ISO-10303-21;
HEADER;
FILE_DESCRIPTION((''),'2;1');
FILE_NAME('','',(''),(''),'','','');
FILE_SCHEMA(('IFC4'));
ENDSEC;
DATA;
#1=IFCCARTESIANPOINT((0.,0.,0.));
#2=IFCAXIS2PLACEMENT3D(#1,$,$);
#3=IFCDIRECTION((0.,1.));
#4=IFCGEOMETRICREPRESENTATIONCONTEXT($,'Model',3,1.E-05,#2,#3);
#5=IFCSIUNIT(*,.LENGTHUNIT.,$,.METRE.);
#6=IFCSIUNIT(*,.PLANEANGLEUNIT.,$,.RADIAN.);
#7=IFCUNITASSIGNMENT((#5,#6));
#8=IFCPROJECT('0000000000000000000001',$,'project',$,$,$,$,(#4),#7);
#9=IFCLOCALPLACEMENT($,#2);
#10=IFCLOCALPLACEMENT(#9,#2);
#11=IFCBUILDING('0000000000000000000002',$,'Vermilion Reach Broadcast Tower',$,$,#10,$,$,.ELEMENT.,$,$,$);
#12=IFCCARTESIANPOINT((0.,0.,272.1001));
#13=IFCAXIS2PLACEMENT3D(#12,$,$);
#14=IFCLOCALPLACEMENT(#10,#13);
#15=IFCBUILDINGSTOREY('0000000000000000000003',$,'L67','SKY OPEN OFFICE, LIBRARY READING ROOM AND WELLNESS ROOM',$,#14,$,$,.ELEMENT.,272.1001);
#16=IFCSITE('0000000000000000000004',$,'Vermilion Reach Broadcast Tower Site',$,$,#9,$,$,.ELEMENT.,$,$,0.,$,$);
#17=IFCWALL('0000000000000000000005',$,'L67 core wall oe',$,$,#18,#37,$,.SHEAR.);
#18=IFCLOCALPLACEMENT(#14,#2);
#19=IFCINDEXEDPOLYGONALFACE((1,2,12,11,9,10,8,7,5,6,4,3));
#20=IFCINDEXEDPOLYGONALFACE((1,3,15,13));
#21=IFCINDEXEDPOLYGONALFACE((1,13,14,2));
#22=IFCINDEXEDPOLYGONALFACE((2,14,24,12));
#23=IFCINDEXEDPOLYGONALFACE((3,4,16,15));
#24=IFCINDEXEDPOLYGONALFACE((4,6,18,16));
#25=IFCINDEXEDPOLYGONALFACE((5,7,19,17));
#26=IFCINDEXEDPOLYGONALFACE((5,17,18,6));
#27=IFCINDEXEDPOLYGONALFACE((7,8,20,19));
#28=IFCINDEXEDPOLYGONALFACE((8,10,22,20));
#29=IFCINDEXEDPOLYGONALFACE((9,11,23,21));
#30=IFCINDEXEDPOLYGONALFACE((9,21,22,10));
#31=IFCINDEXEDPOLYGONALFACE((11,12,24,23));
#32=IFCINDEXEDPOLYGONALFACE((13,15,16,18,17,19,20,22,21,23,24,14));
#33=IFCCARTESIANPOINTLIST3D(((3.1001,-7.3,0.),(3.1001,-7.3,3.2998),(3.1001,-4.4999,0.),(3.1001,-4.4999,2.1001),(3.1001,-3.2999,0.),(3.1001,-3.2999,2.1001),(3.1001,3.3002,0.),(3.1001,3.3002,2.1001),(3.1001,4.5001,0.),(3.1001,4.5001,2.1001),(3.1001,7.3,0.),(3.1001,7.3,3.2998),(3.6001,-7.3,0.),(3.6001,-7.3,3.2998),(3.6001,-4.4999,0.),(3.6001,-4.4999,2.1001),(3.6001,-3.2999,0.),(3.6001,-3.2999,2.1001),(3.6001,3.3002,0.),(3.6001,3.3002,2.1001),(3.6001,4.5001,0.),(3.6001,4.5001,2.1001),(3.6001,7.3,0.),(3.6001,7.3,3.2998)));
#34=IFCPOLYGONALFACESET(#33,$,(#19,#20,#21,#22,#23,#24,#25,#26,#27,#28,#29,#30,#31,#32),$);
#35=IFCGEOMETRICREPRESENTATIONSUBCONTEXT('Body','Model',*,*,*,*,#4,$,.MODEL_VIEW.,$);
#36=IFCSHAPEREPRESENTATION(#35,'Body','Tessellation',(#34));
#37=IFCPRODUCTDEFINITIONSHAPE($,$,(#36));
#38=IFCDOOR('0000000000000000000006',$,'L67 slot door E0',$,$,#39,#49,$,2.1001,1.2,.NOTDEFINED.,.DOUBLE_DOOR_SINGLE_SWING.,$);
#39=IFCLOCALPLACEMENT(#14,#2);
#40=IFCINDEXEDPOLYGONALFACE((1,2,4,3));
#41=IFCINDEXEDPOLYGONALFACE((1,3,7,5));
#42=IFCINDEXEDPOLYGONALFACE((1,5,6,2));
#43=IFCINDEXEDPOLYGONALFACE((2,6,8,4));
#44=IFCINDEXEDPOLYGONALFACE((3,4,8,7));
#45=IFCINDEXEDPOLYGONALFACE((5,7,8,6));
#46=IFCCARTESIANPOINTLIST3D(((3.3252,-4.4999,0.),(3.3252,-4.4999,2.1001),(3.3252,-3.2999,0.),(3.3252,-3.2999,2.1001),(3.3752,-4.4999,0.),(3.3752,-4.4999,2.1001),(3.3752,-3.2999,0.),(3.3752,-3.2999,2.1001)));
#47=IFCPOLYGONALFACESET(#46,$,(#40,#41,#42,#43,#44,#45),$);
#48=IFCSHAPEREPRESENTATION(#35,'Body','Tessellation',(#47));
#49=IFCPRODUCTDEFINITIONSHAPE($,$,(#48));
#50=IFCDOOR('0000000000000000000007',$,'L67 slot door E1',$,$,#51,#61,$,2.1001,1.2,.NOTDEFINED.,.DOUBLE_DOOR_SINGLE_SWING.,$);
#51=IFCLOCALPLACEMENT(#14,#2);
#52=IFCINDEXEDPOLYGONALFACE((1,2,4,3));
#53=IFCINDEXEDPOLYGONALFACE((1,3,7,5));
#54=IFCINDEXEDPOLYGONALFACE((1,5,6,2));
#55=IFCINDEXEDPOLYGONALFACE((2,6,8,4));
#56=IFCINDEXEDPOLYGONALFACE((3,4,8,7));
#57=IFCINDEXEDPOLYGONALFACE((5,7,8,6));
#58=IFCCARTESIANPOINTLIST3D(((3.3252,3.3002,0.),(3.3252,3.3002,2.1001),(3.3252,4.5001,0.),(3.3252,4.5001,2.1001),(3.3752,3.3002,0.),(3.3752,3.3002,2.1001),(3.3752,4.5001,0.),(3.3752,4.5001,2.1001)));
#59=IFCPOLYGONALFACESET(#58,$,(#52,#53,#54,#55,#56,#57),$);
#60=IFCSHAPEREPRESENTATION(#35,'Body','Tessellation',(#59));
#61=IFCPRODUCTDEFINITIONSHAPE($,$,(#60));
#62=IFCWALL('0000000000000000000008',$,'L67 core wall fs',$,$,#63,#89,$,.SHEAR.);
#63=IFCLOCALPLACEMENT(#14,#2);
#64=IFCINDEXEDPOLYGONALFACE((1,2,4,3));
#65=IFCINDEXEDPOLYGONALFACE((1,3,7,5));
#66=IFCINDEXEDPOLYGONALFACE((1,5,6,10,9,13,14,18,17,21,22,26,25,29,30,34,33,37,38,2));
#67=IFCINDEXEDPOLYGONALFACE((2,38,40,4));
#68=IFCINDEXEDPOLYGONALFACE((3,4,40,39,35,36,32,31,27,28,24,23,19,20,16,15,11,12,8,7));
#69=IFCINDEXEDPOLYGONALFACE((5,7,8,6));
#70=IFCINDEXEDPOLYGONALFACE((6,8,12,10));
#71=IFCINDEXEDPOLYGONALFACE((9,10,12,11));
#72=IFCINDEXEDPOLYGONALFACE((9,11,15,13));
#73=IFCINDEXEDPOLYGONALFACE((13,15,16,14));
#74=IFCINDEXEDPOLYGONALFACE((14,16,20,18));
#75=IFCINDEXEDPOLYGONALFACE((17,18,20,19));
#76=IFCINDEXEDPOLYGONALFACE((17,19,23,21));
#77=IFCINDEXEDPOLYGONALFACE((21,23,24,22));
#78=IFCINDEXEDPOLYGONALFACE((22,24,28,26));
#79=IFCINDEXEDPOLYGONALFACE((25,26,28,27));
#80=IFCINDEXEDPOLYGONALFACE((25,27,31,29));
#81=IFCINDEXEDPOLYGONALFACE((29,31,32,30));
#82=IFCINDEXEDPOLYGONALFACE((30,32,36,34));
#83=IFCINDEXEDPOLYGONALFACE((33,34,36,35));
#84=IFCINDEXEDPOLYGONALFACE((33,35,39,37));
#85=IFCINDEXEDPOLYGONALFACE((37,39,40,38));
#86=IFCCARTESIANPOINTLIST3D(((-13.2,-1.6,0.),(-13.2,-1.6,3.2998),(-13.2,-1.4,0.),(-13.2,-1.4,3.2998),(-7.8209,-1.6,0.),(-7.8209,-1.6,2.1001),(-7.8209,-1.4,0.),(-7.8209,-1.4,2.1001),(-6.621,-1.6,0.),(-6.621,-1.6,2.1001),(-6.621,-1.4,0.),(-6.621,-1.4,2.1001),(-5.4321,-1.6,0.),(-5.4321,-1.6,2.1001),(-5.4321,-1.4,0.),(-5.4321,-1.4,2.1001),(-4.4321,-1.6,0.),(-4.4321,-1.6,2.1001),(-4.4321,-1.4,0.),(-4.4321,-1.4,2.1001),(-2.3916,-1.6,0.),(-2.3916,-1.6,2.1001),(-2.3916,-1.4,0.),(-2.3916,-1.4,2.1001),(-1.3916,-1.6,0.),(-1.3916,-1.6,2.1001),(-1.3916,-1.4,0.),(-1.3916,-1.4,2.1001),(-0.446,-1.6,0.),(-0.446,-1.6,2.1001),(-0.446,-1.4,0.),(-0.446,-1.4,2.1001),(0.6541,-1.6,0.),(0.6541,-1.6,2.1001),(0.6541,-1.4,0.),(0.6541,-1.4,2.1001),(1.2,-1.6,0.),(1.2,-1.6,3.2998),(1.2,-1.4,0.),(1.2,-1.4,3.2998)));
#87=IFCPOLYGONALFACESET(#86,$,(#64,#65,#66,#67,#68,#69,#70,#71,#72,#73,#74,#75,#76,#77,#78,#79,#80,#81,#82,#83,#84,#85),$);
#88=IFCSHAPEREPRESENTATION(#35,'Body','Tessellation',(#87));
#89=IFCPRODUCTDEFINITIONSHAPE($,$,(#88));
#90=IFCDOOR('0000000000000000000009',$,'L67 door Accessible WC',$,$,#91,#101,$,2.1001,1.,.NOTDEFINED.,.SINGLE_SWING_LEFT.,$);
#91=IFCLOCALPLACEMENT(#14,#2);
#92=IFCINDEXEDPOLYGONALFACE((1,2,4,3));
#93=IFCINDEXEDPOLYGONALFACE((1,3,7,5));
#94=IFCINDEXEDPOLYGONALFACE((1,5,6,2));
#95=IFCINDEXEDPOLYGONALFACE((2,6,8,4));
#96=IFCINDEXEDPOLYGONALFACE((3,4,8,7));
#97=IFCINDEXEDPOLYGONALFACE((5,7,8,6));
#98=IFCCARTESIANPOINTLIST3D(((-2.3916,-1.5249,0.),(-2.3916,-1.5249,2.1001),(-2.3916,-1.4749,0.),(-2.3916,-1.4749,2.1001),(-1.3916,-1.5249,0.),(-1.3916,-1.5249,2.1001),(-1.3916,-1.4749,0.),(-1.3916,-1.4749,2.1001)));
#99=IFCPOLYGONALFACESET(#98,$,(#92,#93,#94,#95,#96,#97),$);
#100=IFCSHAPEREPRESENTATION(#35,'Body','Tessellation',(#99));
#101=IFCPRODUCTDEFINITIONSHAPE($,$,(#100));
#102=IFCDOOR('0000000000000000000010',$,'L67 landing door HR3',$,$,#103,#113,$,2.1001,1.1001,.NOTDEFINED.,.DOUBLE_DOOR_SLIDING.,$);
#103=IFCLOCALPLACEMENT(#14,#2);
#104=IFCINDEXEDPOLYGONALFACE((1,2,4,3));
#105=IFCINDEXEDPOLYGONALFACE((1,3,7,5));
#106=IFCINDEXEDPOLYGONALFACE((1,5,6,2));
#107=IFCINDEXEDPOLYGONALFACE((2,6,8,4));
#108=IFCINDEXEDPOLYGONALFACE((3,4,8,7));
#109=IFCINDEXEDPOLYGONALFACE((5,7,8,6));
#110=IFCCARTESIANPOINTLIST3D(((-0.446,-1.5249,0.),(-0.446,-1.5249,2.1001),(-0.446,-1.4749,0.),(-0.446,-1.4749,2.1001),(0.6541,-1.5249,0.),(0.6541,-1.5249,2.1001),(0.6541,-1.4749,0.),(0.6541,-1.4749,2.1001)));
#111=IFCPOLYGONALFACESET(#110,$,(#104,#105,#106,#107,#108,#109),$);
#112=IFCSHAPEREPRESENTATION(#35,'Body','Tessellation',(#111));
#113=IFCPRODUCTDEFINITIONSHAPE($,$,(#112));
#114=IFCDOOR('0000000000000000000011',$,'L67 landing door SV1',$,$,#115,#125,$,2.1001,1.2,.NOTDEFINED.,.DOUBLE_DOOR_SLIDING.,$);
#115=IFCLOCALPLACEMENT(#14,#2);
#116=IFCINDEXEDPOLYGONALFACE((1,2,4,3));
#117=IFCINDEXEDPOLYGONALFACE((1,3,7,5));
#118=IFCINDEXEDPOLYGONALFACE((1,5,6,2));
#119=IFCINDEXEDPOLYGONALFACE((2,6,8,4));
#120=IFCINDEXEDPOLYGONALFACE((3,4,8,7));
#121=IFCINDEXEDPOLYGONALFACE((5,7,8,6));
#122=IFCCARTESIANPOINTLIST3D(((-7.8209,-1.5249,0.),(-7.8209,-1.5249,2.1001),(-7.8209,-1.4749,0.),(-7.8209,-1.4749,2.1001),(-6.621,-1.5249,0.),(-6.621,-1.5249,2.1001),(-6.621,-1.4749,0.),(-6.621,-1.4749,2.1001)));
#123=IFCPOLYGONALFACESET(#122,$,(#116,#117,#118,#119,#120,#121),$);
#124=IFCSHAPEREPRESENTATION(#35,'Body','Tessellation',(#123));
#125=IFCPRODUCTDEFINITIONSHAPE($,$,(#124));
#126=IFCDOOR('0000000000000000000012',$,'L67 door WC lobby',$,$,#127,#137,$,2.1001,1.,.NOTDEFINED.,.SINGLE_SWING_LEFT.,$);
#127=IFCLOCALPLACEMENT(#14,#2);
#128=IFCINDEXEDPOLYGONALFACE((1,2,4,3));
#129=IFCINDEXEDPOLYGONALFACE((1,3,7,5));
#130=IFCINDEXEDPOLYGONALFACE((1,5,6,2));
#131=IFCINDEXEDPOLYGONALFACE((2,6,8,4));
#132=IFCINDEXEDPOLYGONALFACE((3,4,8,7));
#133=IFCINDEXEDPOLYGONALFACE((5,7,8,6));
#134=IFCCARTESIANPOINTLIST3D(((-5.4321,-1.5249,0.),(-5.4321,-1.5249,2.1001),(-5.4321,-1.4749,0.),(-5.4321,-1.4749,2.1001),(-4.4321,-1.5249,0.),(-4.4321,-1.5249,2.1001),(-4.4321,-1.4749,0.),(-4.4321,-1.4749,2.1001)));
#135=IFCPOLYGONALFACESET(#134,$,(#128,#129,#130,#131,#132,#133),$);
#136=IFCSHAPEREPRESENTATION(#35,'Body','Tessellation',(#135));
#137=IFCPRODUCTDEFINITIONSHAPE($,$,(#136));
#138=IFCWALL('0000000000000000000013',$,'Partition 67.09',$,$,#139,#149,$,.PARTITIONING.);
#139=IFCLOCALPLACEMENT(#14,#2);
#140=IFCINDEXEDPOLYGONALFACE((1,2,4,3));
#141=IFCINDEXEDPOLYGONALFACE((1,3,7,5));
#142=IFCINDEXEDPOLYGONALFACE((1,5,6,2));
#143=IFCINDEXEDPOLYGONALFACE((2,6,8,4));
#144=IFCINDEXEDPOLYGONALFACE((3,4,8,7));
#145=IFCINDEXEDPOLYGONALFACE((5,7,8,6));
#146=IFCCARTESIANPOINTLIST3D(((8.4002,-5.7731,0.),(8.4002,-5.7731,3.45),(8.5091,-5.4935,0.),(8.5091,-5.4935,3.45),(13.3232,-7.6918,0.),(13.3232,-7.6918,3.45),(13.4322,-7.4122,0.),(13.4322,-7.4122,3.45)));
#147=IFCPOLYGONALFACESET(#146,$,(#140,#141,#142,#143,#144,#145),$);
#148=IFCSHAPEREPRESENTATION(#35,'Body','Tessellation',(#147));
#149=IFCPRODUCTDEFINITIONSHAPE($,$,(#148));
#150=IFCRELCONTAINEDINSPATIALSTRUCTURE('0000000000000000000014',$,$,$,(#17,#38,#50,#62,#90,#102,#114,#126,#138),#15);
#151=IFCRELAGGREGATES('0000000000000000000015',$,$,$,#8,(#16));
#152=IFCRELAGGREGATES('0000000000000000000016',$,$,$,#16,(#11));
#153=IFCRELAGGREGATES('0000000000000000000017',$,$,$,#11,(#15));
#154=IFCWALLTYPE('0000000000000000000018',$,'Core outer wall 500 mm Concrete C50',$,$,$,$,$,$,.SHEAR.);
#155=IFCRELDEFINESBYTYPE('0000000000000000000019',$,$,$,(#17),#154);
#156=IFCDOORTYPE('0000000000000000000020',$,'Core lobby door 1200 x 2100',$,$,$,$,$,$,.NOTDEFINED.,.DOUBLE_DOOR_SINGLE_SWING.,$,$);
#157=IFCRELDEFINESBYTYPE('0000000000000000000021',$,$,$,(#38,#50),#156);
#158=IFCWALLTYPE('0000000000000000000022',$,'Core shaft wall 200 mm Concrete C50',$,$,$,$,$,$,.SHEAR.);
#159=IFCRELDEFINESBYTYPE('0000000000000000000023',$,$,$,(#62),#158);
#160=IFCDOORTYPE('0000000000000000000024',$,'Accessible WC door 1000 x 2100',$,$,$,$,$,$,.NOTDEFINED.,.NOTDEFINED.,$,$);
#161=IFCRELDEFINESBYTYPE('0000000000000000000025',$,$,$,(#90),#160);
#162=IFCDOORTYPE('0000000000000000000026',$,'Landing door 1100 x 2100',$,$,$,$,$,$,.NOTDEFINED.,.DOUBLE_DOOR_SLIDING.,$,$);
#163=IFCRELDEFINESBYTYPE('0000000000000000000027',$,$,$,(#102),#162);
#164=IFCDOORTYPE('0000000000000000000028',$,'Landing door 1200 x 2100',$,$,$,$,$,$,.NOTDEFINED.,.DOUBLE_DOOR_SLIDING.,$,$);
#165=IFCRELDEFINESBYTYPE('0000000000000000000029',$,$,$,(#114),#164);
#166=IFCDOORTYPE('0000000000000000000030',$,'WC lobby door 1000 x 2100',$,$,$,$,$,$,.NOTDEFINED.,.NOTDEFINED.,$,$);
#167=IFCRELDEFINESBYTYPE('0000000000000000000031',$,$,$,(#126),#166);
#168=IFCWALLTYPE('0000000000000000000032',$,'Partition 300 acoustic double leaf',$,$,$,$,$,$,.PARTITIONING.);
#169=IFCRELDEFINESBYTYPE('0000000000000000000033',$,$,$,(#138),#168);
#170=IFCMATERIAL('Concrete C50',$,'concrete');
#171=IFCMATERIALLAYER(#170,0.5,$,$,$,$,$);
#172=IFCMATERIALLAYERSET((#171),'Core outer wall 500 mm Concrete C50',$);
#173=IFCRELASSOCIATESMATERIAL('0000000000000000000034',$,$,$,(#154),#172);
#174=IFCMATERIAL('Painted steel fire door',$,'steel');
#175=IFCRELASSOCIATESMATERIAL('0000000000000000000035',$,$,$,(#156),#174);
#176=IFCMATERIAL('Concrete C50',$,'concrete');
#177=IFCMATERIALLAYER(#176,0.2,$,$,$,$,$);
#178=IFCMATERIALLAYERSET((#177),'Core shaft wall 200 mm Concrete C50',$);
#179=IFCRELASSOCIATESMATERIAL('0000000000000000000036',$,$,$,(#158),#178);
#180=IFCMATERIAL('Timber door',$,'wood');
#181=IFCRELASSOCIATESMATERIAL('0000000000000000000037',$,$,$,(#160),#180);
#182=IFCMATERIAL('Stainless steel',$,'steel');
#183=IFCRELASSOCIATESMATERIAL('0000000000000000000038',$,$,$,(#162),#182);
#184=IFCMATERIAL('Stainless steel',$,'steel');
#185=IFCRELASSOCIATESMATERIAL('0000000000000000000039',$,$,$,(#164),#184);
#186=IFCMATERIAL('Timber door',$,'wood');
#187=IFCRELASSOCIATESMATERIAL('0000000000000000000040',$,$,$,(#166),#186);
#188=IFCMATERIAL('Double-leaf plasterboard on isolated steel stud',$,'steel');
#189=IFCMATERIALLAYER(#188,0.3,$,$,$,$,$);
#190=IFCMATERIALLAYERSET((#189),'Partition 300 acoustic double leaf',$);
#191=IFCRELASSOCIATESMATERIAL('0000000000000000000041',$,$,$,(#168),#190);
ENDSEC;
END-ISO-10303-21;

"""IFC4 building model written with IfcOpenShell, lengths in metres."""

from ifc_helpers import new_model, si_unit, direction, frame, frame_2d, origin, place, context, subcontext, project, spatial, rectangle, extrude, material, layer, layer_set, type_object, element, fill, save


model = new_model("IFC4")

# Units and contexts
model_context = context("Model", 3, precision=1e-05, world=origin(), true_north=direction((0.0, 1.0)))
body_context = subcontext(model_context, "Body", "Model", "MODEL_VIEW")
ifc_project = project(units=[si_unit("LENGTHUNIT", "METRE"), si_unit("PLANEANGLEUNIT", "RADIAN")], contexts=[model_context])

# Site, building, storey
site_placement = place(None, origin())
site = spatial("IfcSite", under=ifc_project, at=site_placement, Name="Vermilion Reach Broadcast Tower Site", CompositionType="ELEMENT", RefElevation=0.0)
building_placement = place(site_placement, origin())
building = spatial("IfcBuilding", under=site, at=building_placement, Name="Vermilion Reach Broadcast Tower", CompositionType="ELEMENT")
storey_placement = place(building_placement, frame((0.0, 0.0, 272.1001)))
storey = spatial("IfcBuildingStorey", under=building, at=storey_placement, Name="L67", Description="SKY OPEN OFFICE, LIBRARY READING ROOM AND WELLNESS ROOM", CompositionType="ELEMENT", Elevation=272.1001)

# Walls, openings, doors
ifc_material_1 = material(Name="Concrete C50", Category="concrete")
ifc_layer_1 = layer(ifc_material_1, 0.5)
ifc_layer_set_1 = layer_set([ifc_layer_1], Name="Core outer wall 500 mm Concrete C50")
wall_type_1 = type_object("IfcWallType", Name="Core outer wall 500 mm Concrete C50", PredefinedType="SHEAR", material=ifc_layer_set_1)
wall_1_placement = place(storey_placement, frame((3.3501, -7.3, 0.0), z_axis=(0.0, 0.0, 1.0), x_axis=(0.0, 1.0, 0.0)))
wall_1 = element("IfcWall", 1, at=wall_1_placement, inside=storey, type_object=wall_type_1, Name="L67 core wall oe", PredefinedType="SHEAR", context=body_context, shape_type="SweptSolid", body=[
    extrude(rectangle(XDim=14.6001, YDim=0.5, at=frame_2d((7.3, 0.0))), origin(), (0.0, 0.0, 1.0), 3.2998),
])
opening_1_placement = place(wall_1_placement, frame((2.8, 0.0, 0.0)))
opening_1 = element("IfcOpeningElement", 2, at=opening_1_placement, cuts=wall_1, PredefinedType="OPENING", context=body_context, shape_type="SweptSolid", body=[
    extrude(rectangle(XDim=1.2, YDim=2.1001, at=frame_2d((0.6001, 1.05))), frame((0.0, 0.26, 0.0), z_axis=(0.0, -1.0, 0.0), x_axis=(1.0, 0.0, 0.0)), (0.0, 0.0, 1.0), 0.52),
])
opening_2_placement = place(wall_1_placement, frame((10.6001, 0.0, 0.0)))
opening_2 = element("IfcOpeningElement", 3, at=opening_2_placement, cuts=wall_1, PredefinedType="OPENING", context=body_context, shape_type="SweptSolid", body=[
    extrude(rectangle(XDim=1.2, YDim=2.1001, at=frame_2d((0.6001, 1.05))), frame((0.0, 0.26, 0.0), z_axis=(0.0, -1.0, 0.0), x_axis=(1.0, 0.0, 0.0)), (0.0, 0.0, 1.0), 0.52),
])
ifc_material_2 = material(Name="Painted steel fire door", Category="steel")
door_type_1 = type_object("IfcDoorType", Name="Core lobby door 1200 x 2100", OperationType="DOUBLE_DOOR_SINGLE_SWING", PredefinedType="NOTDEFINED", material=ifc_material_2)
door_1_placement = place(opening_1_placement, origin())
door_1 = element("IfcDoor", 4, at=door_1_placement, inside=storey, type_object=door_type_1, Name="L67 slot door E0", OperationType="DOUBLE_DOOR_SINGLE_SWING", OverallHeight=2.1001, OverallWidth=1.2, PredefinedType="NOTDEFINED", context=body_context, shape_type="SweptSolid", body=[
    extrude(rectangle(XDim=1.2, YDim=2.1001, at=frame_2d((0.6001, 1.05))), frame((0.0, 0.0249, 0.0), z_axis=(0.0, -1.0, 0.0), x_axis=(1.0, 0.0, 0.0)), (0.0, 0.0, 1.0), 0.05),
])
fill(opening_1, door_1)
door_2_placement = place(opening_2_placement, origin())
door_2 = element("IfcDoor", 5, at=door_2_placement, inside=storey, type_object=door_type_1, Name="L67 slot door E1", OperationType="DOUBLE_DOOR_SINGLE_SWING", OverallHeight=2.1001, OverallWidth=1.2, PredefinedType="NOTDEFINED", context=body_context, shape_type="SweptSolid", body=[
    extrude(rectangle(XDim=1.2, YDim=2.1001, at=frame_2d((0.6001, 1.05))), frame((0.0, 0.0249, 0.0), z_axis=(0.0, -1.0, 0.0), x_axis=(1.0, 0.0, 0.0)), (0.0, 0.0, 1.0), 0.05),
])
fill(opening_2, door_2)
ifc_material_3 = material(Name="Concrete C50", Category="concrete")
ifc_layer_2 = layer(ifc_material_3, 0.2)
ifc_layer_set_2 = layer_set([ifc_layer_2], Name="Core shaft wall 200 mm Concrete C50")
wall_type_2 = type_object("IfcWallType", Name="Core shaft wall 200 mm Concrete C50", PredefinedType="SHEAR", material=ifc_layer_set_2)
wall_2_placement = place(storey_placement, frame((1.2, -1.5, 0.0), z_axis=(0.0, 0.0, 1.0), x_axis=(-1.0, 0.0, 0.0)))
wall_2 = element("IfcWall", 6, at=wall_2_placement, inside=storey, type_object=wall_type_2, Name="L67 core wall fs", PredefinedType="SHEAR", context=body_context, shape_type="SweptSolid", body=[
    extrude(rectangle(XDim=14.3999, YDim=0.2, at=frame_2d((7.2, 0.0))), origin(), (0.0, 0.0, 1.0), 3.2998),
])
opening_3_placement = place(wall_2_placement, frame((7.8208, 0.0, 0.0)))
opening_3 = element("IfcOpeningElement", 7, at=opening_3_placement, cuts=wall_2, PredefinedType="OPENING", context=body_context, shape_type="SweptSolid", body=[
    extrude(rectangle(XDim=1.2, YDim=2.1001, at=frame_2d((0.6001, 1.05))), frame((0.0, 0.1099, 0.0), z_axis=(0.0, -1.0, 0.0), x_axis=(1.0, 0.0, 0.0)), (0.0, 0.0, 1.0), 0.22),
])
opening_4_placement = place(wall_2_placement, frame((0.5459, 0.0, 0.0)))
opening_4 = element("IfcOpeningElement", 8, at=opening_4_placement, cuts=wall_2, PredefinedType="OPENING", context=body_context, shape_type="SweptSolid", body=[
    extrude(rectangle(XDim=1.1001, YDim=2.1001, at=frame_2d((0.55, 1.05))), frame((0.0, 0.1099, 0.0), z_axis=(0.0, -1.0, 0.0), x_axis=(1.0, 0.0, 0.0)), (0.0, 0.0, 1.0), 0.22),
])
opening_5_placement = place(wall_2_placement, frame((5.6321, 0.0, 0.0)))
opening_5 = element("IfcOpeningElement", 9, at=opening_5_placement, cuts=wall_2, PredefinedType="OPENING", context=body_context, shape_type="SweptSolid", body=[
    extrude(rectangle(XDim=1.0, YDim=2.1001, at=frame_2d((0.5, 1.05))), frame((0.0, 0.1099, 0.0), z_axis=(0.0, -1.0, 0.0), x_axis=(1.0, 0.0, 0.0)), (0.0, 0.0, 1.0), 0.22),
])
opening_6_placement = place(wall_2_placement, frame((2.5916, 0.0, 0.0)))
opening_6 = element("IfcOpeningElement", 10, at=opening_6_placement, cuts=wall_2, PredefinedType="OPENING", context=body_context, shape_type="SweptSolid", body=[
    extrude(rectangle(XDim=1.0, YDim=2.1001, at=frame_2d((0.5, 1.05))), frame((0.0, 0.1099, 0.0), z_axis=(0.0, -1.0, 0.0), x_axis=(1.0, 0.0, 0.0)), (0.0, 0.0, 1.0), 0.22),
])
ifc_material_4 = material(Name="Timber door", Category="wood")
door_type_2 = type_object("IfcDoorType", Name="Accessible WC door 1000 x 2100", OperationType="NOTDEFINED", PredefinedType="NOTDEFINED", material=ifc_material_4)
door_3_placement = place(opening_6_placement, origin())
door_3 = element("IfcDoor", 11, at=door_3_placement, inside=storey, type_object=door_type_2, Name="L67 door Accessible WC", OperationType="SINGLE_SWING_LEFT", OverallHeight=2.1001, OverallWidth=1.0, PredefinedType="NOTDEFINED", context=body_context, shape_type="SweptSolid", body=[
    extrude(rectangle(XDim=1.0, YDim=2.1001, at=frame_2d((0.5, 1.05))), frame((0.0, 0.0249, 0.0), z_axis=(0.0, -1.0, 0.0), x_axis=(1.0, 0.0, 0.0)), (0.0, 0.0, 1.0), 0.05),
])
fill(opening_6, door_3)
ifc_material_5 = material(Name="Stainless steel", Category="steel")
door_type_3 = type_object("IfcDoorType", Name="Landing door 1100 x 2100", OperationType="DOUBLE_DOOR_SLIDING", PredefinedType="NOTDEFINED", material=ifc_material_5)
door_4_placement = place(opening_4_placement, origin())
door_4 = element("IfcDoor", 12, at=door_4_placement, inside=storey, type_object=door_type_3, Name="L67 landing door HR3", OperationType="DOUBLE_DOOR_SLIDING", OverallHeight=2.1001, OverallWidth=1.1001, PredefinedType="NOTDEFINED", context=body_context, shape_type="SweptSolid", body=[
    extrude(rectangle(XDim=1.1001, YDim=2.1001, at=frame_2d((0.55, 1.05))), frame((0.0, 0.0249, 0.0), z_axis=(0.0, -1.0, 0.0), x_axis=(1.0, 0.0, 0.0)), (0.0, 0.0, 1.0), 0.05),
])
fill(opening_4, door_4)
ifc_material_6 = material(Name="Stainless steel", Category="steel")
door_type_4 = type_object("IfcDoorType", Name="Landing door 1200 x 2100", OperationType="DOUBLE_DOOR_SLIDING", PredefinedType="NOTDEFINED", material=ifc_material_6)
door_5_placement = place(opening_3_placement, origin())
door_5 = element("IfcDoor", 13, at=door_5_placement, inside=storey, type_object=door_type_4, Name="L67 landing door SV1", OperationType="DOUBLE_DOOR_SLIDING", OverallHeight=2.1001, OverallWidth=1.2, PredefinedType="NOTDEFINED", context=body_context, shape_type="SweptSolid", body=[
    extrude(rectangle(XDim=1.2, YDim=2.1001, at=frame_2d((0.6001, 1.05))), frame((0.0, 0.0249, 0.0), z_axis=(0.0, -1.0, 0.0), x_axis=(1.0, 0.0, 0.0)), (0.0, 0.0, 1.0), 0.05),
])
fill(opening_3, door_5)
ifc_material_7 = material(Name="Timber door", Category="wood")
door_type_5 = type_object("IfcDoorType", Name="WC lobby door 1000 x 2100", OperationType="NOTDEFINED", PredefinedType="NOTDEFINED", material=ifc_material_7)
door_6_placement = place(opening_5_placement, origin())
door_6 = element("IfcDoor", 14, at=door_6_placement, inside=storey, type_object=door_type_5, Name="L67 door WC lobby", OperationType="SINGLE_SWING_LEFT", OverallHeight=2.1001, OverallWidth=1.0, PredefinedType="NOTDEFINED", context=body_context, shape_type="SweptSolid", body=[
    extrude(rectangle(XDim=1.0, YDim=2.1001, at=frame_2d((0.5, 1.05))), frame((0.0, 0.0249, 0.0), z_axis=(0.0, -1.0, 0.0), x_axis=(1.0, 0.0, 0.0)), (0.0, 0.0, 1.0), 0.05),
])
fill(opening_5, door_6)

# Wall
ifc_material_8 = material(Name="Double-leaf plasterboard on isolated steel stud", Category="steel")
ifc_layer_3 = layer(ifc_material_8, 0.3)
ifc_layer_set_3 = layer_set([ifc_layer_3], Name="Partition 300 acoustic double leaf")
wall_type_3 = type_object("IfcWallType", Name="Partition 300 acoustic double leaf", PredefinedType="PARTITIONING", material=ifc_layer_set_3)
wall_3_placement = place(storey_placement, frame((13.3777, -7.552, 0.0), z_axis=(0.0, 0.0, 1.0), x_axis=(-0.931738, 0.363131, 0.0)))
element("IfcWall", 15, at=wall_3_placement, inside=storey, type_object=wall_type_3, Name="Partition 67.09", PredefinedType="PARTITIONING", context=body_context, shape_type="SweptSolid", body=[
    extrude(rectangle(XDim=5.2837, YDim=0.3, at=frame_2d((2.6418, 0.0))), origin(), (0.0, 0.0, 1.0), 3.45),
])

save(model, "model.ifc")
